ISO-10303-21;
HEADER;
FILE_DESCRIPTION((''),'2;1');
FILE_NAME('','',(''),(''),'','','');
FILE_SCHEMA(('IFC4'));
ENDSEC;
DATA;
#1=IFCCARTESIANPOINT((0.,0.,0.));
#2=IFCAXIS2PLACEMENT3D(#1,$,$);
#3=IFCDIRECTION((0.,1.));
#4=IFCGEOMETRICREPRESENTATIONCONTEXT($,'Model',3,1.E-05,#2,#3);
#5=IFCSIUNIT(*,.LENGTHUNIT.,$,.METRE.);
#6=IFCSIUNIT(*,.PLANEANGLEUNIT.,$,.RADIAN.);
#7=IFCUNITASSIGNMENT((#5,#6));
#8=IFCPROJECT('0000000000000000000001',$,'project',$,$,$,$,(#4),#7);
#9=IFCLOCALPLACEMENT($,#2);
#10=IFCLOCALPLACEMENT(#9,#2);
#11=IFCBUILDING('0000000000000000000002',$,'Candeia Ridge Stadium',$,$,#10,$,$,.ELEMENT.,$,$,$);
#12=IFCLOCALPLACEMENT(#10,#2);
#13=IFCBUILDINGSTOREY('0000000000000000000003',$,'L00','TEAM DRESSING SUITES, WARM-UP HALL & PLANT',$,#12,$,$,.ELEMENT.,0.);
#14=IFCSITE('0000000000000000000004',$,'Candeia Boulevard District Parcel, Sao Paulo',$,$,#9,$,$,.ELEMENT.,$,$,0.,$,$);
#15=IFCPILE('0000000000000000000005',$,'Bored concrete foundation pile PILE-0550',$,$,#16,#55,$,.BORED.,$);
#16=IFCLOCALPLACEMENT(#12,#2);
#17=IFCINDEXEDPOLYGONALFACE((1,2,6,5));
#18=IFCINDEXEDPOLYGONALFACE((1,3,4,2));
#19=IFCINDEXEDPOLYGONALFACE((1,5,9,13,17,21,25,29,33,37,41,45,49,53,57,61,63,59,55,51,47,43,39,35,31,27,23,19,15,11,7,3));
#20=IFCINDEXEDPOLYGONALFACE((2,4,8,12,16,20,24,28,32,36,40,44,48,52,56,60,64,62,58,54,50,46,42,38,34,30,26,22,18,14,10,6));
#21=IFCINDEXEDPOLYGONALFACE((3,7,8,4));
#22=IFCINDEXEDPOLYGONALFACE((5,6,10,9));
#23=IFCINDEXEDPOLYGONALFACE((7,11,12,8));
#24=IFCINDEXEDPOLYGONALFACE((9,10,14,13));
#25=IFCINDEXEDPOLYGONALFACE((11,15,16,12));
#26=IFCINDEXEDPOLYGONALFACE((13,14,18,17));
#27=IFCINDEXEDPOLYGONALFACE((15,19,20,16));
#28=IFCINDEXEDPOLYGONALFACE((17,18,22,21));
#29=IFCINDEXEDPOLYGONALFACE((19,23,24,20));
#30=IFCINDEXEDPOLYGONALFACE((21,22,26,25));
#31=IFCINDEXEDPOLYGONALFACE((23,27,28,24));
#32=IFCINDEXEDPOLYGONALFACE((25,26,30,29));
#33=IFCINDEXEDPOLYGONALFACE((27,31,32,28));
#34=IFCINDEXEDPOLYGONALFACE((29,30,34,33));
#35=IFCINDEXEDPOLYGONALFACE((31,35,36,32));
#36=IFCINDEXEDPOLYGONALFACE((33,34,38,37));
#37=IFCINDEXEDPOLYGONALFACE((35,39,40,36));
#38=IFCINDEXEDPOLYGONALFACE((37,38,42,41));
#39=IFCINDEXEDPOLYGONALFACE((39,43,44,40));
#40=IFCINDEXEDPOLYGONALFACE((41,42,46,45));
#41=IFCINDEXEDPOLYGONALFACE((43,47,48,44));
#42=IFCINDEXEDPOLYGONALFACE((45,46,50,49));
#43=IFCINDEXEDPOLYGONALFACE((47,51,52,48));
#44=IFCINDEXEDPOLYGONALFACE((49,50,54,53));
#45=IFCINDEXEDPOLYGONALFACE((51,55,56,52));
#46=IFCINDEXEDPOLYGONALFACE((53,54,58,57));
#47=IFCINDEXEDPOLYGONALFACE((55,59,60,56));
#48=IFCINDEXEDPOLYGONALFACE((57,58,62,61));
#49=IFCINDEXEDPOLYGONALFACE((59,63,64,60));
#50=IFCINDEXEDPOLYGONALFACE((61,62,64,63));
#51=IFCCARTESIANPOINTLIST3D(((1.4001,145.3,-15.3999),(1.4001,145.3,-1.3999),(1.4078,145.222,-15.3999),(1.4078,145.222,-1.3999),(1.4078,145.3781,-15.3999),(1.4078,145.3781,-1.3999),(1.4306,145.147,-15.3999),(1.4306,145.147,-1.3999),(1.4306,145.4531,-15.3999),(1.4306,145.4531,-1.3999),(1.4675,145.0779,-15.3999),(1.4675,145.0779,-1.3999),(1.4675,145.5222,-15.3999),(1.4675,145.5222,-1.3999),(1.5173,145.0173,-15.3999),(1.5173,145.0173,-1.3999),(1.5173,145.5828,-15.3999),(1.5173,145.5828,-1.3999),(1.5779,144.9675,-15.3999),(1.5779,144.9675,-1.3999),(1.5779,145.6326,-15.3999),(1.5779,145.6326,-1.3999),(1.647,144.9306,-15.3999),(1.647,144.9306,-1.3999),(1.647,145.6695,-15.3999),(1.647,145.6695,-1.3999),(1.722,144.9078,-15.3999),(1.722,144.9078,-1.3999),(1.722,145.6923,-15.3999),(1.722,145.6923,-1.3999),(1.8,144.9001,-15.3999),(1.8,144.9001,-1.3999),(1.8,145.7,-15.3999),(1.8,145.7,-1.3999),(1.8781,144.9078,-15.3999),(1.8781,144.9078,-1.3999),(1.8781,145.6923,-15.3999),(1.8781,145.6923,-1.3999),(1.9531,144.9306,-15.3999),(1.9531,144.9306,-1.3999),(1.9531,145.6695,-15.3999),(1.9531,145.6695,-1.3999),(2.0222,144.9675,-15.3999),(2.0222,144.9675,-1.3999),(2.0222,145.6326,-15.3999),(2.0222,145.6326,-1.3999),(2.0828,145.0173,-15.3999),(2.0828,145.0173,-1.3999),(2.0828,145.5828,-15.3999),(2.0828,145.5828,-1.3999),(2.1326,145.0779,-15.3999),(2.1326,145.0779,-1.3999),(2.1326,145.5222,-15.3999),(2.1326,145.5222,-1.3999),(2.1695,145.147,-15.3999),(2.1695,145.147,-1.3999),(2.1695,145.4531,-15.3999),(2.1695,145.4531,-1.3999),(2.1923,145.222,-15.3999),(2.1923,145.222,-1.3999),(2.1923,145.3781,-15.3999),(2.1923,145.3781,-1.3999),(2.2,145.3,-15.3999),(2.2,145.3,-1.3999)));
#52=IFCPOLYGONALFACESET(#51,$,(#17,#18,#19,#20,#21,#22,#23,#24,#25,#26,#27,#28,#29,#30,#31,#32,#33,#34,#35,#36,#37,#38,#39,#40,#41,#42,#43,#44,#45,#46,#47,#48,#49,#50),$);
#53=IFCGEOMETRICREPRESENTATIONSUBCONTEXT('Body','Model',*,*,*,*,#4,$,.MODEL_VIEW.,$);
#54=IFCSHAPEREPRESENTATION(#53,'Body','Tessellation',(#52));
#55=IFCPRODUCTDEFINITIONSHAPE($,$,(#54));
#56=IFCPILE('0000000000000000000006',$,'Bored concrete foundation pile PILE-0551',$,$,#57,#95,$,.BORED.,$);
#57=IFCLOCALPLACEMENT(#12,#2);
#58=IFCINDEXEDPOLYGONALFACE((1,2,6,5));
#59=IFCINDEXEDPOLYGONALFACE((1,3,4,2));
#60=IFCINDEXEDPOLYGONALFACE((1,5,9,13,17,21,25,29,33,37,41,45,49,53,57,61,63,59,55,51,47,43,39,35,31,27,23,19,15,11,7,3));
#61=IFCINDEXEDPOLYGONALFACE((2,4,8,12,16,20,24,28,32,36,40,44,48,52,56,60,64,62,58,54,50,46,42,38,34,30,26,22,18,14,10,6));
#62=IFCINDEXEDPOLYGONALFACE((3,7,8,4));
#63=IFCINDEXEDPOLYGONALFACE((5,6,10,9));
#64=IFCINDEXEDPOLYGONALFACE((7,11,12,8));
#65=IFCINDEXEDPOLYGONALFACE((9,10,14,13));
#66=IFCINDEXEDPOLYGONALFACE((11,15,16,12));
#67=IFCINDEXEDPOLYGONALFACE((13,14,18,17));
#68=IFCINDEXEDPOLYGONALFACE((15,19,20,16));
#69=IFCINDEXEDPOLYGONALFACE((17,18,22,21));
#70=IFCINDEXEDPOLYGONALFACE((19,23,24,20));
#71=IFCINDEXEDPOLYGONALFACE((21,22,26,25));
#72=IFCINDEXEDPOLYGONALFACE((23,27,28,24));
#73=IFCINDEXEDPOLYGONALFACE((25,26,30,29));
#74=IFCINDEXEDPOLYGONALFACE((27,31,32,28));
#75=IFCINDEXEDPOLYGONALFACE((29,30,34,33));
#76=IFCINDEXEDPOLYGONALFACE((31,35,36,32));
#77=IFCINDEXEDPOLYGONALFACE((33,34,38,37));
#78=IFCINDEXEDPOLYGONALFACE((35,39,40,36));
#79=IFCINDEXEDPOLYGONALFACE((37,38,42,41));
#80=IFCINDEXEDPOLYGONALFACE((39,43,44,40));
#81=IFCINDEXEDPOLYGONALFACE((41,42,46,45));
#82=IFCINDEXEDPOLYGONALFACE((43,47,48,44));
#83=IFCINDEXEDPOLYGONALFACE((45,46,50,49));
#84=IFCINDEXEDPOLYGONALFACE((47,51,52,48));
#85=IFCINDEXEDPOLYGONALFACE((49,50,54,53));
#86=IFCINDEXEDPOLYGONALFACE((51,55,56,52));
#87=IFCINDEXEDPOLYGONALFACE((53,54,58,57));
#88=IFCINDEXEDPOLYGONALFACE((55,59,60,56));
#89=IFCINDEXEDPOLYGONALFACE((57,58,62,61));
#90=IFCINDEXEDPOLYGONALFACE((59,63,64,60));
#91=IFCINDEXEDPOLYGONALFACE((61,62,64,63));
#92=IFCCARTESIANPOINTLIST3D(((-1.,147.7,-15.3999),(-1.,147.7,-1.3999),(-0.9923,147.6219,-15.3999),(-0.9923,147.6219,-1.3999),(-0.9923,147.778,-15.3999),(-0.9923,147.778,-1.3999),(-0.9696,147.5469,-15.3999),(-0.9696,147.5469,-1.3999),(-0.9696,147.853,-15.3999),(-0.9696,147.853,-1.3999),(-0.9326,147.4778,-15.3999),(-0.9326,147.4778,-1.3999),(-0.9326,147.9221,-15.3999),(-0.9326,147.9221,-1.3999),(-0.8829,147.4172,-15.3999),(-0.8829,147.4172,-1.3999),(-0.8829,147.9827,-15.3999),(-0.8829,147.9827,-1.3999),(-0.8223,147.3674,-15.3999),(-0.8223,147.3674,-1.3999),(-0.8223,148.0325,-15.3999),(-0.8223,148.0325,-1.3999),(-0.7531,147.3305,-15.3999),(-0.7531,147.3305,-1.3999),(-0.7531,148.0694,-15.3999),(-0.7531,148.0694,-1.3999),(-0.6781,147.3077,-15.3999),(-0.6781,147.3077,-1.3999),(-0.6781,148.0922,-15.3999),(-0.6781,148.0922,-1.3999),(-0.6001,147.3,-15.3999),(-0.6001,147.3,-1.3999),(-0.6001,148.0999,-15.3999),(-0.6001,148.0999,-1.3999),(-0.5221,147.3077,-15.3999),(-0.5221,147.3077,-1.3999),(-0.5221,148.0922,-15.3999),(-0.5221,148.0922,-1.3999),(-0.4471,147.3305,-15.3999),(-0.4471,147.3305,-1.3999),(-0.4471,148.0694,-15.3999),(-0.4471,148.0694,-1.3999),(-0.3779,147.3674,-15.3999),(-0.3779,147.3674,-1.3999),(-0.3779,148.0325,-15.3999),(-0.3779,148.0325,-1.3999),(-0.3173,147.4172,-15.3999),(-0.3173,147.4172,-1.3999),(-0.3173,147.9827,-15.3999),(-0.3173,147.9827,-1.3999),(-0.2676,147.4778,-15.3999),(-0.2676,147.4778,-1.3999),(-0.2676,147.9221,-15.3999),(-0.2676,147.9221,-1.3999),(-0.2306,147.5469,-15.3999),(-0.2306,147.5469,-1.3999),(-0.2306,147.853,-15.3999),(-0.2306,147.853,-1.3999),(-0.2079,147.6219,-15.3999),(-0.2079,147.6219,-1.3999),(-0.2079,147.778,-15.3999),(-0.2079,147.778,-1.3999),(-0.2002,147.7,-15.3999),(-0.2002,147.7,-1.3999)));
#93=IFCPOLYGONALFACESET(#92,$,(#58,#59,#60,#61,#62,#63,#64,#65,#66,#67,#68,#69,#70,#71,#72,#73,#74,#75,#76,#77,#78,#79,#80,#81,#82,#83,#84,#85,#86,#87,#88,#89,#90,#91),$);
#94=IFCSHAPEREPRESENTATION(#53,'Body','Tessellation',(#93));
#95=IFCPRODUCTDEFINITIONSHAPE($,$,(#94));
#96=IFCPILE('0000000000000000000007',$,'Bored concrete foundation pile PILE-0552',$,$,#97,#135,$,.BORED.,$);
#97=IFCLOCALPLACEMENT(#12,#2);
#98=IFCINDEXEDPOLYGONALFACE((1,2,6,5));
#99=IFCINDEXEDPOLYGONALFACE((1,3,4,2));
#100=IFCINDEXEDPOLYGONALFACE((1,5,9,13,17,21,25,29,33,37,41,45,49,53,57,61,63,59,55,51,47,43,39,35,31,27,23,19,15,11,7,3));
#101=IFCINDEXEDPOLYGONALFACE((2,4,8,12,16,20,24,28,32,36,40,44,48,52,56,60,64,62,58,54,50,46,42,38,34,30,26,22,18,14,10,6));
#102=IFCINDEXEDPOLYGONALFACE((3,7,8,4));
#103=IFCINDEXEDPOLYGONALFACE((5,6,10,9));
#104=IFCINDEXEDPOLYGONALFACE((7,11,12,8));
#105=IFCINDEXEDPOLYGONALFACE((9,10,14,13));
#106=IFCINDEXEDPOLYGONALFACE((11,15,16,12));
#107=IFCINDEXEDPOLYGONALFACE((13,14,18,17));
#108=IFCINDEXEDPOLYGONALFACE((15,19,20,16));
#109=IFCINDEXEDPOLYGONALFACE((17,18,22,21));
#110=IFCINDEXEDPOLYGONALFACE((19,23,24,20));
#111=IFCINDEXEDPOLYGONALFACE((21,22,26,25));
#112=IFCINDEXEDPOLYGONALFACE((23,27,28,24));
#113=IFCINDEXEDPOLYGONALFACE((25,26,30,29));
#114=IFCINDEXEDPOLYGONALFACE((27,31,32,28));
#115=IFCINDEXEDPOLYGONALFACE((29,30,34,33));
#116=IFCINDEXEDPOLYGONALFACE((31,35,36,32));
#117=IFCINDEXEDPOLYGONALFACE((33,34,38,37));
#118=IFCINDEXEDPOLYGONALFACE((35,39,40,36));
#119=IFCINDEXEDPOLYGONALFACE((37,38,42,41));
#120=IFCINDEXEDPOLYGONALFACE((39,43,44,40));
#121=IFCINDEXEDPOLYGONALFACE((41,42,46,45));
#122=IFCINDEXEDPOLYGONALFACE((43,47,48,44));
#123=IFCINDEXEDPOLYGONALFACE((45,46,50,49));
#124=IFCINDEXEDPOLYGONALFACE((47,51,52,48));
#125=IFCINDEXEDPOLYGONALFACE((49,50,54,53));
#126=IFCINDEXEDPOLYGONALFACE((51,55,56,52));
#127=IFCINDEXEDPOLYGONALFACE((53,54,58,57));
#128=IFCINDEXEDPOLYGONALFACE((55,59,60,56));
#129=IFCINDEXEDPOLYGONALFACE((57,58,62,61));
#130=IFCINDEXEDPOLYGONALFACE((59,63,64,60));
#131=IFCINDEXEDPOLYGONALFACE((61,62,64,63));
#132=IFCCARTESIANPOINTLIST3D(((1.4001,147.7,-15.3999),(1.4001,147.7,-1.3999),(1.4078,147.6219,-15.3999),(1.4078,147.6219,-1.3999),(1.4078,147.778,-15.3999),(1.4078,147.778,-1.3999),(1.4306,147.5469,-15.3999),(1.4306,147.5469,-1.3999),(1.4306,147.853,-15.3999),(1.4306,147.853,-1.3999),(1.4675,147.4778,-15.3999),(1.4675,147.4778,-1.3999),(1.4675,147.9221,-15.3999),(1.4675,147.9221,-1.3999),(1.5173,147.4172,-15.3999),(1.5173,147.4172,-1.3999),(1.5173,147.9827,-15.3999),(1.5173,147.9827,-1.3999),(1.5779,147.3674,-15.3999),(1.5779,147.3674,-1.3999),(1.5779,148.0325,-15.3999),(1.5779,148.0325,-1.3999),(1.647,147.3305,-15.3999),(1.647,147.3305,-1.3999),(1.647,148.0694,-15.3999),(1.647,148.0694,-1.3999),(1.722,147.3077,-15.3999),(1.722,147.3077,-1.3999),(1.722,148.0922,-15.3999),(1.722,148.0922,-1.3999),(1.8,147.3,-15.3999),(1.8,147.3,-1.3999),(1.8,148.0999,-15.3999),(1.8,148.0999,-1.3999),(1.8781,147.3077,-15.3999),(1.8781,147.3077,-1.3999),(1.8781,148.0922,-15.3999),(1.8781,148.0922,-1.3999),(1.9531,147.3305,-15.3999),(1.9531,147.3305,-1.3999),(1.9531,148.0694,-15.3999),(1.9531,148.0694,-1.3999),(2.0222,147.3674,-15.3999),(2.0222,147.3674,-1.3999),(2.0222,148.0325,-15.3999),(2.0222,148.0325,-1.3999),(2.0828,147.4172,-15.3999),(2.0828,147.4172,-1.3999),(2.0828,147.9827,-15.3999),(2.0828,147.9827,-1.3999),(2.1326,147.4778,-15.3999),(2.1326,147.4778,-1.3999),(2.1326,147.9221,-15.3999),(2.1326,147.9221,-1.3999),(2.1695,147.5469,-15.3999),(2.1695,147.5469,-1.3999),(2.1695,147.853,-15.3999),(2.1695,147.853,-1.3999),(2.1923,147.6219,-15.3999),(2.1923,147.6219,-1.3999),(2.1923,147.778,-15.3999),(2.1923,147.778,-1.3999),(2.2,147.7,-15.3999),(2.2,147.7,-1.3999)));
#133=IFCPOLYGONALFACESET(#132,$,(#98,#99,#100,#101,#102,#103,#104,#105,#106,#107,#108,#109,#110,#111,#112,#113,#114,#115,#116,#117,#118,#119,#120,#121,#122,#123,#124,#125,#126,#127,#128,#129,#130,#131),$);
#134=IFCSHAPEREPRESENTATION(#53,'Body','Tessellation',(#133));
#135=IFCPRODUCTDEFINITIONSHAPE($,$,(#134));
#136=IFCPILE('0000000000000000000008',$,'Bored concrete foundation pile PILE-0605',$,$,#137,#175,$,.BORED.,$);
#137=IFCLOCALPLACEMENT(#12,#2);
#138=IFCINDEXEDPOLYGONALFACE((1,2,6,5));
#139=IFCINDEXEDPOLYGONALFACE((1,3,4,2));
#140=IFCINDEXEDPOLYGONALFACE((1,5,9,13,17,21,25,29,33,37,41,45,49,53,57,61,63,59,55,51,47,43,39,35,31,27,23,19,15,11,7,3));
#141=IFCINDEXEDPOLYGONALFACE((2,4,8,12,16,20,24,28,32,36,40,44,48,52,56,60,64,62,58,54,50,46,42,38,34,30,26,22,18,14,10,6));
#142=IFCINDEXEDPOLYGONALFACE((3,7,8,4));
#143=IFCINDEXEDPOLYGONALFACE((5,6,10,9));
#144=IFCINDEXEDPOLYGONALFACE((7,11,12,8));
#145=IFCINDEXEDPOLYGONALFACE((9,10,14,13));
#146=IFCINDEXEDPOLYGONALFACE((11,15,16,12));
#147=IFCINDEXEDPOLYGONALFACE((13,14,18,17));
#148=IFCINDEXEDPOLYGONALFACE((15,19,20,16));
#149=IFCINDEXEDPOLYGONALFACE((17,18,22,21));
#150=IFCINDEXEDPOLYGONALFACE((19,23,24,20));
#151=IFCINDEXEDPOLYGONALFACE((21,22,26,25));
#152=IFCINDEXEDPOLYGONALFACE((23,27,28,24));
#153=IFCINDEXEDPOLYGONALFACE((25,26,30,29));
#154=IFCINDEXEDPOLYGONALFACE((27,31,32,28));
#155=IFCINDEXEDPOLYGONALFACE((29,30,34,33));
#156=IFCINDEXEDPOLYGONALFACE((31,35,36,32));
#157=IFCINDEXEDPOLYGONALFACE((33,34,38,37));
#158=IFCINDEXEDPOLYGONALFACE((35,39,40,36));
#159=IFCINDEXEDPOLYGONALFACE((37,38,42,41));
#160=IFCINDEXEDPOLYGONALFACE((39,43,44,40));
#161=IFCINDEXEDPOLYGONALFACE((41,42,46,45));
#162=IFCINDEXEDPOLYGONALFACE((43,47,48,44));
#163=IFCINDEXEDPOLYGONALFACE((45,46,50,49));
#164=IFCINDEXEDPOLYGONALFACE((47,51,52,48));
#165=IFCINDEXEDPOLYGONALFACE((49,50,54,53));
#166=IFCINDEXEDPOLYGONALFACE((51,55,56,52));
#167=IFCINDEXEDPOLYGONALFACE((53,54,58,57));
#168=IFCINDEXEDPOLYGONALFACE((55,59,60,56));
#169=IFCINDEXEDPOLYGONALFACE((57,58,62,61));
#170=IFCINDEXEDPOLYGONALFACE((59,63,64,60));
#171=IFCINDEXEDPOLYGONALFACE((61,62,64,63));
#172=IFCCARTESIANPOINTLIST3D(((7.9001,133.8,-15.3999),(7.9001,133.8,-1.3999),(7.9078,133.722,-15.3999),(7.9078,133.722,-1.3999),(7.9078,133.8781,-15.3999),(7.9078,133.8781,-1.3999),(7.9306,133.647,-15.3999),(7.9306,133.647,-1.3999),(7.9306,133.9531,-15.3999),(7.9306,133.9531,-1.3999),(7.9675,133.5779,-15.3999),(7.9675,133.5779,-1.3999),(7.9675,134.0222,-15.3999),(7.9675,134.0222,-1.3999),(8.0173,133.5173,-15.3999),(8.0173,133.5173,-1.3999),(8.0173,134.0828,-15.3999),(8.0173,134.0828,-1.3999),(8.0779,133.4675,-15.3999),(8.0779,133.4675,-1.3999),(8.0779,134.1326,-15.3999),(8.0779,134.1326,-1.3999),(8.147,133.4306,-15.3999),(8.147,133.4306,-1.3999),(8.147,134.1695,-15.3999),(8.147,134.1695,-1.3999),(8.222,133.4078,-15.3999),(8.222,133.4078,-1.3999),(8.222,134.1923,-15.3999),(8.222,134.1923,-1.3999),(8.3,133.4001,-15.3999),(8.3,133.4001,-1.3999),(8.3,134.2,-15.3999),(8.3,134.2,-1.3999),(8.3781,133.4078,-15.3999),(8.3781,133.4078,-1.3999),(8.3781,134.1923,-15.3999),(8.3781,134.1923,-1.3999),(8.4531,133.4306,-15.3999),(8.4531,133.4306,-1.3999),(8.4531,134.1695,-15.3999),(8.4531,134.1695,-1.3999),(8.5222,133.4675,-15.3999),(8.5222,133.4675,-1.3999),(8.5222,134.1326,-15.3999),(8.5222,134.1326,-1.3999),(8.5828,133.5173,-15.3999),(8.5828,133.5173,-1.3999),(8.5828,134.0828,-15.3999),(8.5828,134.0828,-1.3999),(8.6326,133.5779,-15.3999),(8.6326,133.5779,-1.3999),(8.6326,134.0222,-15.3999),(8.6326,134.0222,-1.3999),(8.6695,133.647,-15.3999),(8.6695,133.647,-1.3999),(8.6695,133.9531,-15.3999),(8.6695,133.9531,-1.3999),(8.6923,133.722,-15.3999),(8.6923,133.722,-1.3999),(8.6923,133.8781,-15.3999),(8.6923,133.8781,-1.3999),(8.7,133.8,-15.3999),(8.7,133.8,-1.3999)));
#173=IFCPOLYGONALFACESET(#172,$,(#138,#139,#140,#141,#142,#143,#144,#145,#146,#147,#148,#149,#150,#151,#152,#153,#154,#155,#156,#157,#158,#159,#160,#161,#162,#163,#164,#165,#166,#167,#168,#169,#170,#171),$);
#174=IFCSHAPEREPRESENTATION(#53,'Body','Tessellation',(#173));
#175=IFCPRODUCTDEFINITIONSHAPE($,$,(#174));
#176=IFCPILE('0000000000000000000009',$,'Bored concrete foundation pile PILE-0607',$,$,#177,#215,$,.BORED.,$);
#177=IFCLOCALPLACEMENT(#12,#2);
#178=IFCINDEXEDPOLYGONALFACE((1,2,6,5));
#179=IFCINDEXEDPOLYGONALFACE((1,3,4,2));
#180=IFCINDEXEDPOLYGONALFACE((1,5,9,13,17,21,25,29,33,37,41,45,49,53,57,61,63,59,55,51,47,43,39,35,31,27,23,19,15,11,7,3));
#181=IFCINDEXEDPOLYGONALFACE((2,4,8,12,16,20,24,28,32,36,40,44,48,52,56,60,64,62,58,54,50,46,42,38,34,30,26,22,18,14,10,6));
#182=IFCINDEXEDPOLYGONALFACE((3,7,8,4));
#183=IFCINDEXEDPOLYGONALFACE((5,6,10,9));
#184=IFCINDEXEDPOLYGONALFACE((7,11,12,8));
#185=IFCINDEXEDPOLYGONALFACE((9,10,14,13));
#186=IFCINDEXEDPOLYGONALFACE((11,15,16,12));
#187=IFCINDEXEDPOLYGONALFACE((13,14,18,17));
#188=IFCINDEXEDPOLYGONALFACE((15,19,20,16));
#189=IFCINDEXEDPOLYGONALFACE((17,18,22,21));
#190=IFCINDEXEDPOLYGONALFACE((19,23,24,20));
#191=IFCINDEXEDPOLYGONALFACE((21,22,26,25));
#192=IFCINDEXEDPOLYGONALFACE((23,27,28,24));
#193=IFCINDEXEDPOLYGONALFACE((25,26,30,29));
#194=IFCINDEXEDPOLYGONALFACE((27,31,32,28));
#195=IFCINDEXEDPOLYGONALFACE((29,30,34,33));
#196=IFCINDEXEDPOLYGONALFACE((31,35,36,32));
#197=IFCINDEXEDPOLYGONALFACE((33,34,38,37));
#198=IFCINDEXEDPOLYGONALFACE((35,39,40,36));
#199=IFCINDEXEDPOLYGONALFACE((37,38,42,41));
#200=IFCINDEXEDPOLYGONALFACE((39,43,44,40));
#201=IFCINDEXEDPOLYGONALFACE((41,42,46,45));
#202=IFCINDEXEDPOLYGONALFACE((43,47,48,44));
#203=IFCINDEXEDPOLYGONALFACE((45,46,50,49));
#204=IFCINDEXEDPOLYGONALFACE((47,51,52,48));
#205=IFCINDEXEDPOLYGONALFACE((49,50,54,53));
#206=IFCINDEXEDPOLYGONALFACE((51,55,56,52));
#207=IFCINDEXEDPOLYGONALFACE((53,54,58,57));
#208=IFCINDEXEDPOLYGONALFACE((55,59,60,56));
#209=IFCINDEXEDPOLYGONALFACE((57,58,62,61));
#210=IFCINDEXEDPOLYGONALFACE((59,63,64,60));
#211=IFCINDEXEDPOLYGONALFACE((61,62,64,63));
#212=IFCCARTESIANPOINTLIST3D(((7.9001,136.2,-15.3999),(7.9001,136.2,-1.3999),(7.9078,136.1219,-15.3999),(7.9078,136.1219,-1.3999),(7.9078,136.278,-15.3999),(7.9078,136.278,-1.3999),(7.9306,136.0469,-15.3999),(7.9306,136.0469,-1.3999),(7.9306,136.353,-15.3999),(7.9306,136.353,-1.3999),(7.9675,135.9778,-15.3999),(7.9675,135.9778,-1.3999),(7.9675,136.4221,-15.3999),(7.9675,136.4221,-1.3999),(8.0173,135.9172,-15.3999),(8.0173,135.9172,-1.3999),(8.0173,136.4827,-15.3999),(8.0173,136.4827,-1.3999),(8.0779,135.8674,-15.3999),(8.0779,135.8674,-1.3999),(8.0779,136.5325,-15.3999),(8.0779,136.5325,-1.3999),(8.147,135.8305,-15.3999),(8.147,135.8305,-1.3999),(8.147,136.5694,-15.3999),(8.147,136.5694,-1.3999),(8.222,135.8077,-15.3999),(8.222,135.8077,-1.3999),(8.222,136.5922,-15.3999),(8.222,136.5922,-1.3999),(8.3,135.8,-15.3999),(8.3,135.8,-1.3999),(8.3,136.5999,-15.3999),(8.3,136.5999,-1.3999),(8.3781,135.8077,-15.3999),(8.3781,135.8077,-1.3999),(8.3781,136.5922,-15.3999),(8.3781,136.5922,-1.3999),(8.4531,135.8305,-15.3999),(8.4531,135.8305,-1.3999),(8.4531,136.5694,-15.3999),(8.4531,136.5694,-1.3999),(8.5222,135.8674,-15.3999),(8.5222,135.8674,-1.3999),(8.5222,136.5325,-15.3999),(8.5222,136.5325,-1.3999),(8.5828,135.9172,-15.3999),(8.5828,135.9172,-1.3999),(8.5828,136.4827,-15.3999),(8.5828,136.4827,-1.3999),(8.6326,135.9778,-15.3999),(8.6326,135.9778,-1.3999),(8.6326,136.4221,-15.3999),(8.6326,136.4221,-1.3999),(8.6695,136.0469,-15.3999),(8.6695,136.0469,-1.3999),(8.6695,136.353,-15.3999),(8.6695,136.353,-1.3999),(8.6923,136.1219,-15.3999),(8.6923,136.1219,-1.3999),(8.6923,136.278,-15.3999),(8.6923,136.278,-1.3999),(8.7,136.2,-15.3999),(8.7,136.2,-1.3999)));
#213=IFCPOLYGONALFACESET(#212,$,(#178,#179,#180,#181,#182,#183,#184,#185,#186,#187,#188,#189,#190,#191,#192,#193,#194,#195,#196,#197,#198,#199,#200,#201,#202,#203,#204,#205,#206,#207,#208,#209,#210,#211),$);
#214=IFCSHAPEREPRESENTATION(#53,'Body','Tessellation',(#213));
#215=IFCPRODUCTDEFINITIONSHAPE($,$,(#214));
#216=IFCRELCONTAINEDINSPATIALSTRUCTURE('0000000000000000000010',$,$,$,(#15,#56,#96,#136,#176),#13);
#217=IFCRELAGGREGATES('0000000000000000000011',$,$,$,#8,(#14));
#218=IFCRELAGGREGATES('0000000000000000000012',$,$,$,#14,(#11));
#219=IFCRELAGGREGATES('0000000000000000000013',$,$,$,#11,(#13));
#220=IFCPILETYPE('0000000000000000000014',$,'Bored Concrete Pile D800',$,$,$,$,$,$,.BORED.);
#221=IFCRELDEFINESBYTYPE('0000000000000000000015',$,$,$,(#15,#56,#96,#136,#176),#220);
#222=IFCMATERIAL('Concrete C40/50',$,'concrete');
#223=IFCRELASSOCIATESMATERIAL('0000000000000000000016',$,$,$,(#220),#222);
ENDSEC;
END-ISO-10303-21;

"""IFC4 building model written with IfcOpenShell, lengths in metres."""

from ifc_helpers import new_model, si_unit, direction, frame, origin, origin_2d, place, context, subcontext, project, spatial, circle, extrude, material, material_profile, profile_set, type_object, element, save


model = new_model("IFC4")

# Units and contexts
model_context = context("Model", 3, precision=1e-05, world=origin(), true_north=direction((0.0, 1.0)))
body_context = subcontext(model_context, "Body", "Model", "MODEL_VIEW")
ifc_project = project(units=[si_unit("LENGTHUNIT", "METRE"), si_unit("PLANEANGLEUNIT", "RADIAN")], contexts=[model_context])

# Site, building, storey
site_placement = place(None, origin())
site = spatial("IfcSite", under=ifc_project, at=site_placement, Name="Candeia Boulevard District Parcel, Sao Paulo", CompositionType="ELEMENT", RefElevation=0.0)
building_placement = place(site_placement, origin())
building = spatial("IfcBuilding", under=site, at=building_placement, Name="Candeia Ridge Stadium", CompositionType="ELEMENT")
storey_placement = place(building_placement, origin())
storey = spatial("IfcBuildingStorey", under=building, at=storey_placement, Name="L00", Description="TEAM DRESSING SUITES, WARM-UP HALL & PLANT", CompositionType="ELEMENT", Elevation=0.0)

# Piles
ifc_material_1 = material(Name="Concrete C40/50", Category="concrete")
ifc_material_profile_1 = material_profile(ifc_material_1, circle(Radius=0.3999, at=origin_2d()), Name="PILE-D800", Category="concrete")
ifc_profile_set_1 = profile_set([ifc_material_profile_1], Name="Concrete C40/50")
pile_type = type_object("IfcPileType", Name="Bored Concrete Pile D800", PredefinedType="BORED", material=ifc_profile_set_1)
for number, where, z_axis, x_axis, name in (
    (1, (1.8, 145.3, -1.3999), (0.0, 0.0, -1.0), (1.0, 0.0, 0.0), "Bored concrete foundation pile PILE-0550"),
    (2, (-0.6001, 147.7, -1.3999), (0.0, 0.0, -1.0), (1.0, 0.0, 0.0), "Bored concrete foundation pile PILE-0551"),
    (3, (1.8, 147.7, -1.3999), (0.0, 0.0, -1.0), (1.0, 0.0, 0.0), "Bored concrete foundation pile PILE-0552"),
    (4, (8.3, 133.8, -1.3999), (0.0, 0.0, -1.0), (1.0, 0.0, 0.0), "Bored concrete foundation pile PILE-0605"),
    (5, (8.3, 136.2, -1.3999), (0.0, 0.0, -1.0), (1.0, 0.0, 0.0), "Bored concrete foundation pile PILE-0607"),
):
    element("IfcPile", number, at=place(storey_placement, frame(where, z_axis=z_axis, x_axis=x_axis)), inside=storey, type_object=pile_type, Name=name, PredefinedType="BORED", context=body_context, shape_type="SweptSolid", body=[
        extrude(circle(Radius=0.3999, at=origin_2d()), origin(), (0.0, 0.0, 1.0), 14.0),
    ])

save(model, "model.ifc")
